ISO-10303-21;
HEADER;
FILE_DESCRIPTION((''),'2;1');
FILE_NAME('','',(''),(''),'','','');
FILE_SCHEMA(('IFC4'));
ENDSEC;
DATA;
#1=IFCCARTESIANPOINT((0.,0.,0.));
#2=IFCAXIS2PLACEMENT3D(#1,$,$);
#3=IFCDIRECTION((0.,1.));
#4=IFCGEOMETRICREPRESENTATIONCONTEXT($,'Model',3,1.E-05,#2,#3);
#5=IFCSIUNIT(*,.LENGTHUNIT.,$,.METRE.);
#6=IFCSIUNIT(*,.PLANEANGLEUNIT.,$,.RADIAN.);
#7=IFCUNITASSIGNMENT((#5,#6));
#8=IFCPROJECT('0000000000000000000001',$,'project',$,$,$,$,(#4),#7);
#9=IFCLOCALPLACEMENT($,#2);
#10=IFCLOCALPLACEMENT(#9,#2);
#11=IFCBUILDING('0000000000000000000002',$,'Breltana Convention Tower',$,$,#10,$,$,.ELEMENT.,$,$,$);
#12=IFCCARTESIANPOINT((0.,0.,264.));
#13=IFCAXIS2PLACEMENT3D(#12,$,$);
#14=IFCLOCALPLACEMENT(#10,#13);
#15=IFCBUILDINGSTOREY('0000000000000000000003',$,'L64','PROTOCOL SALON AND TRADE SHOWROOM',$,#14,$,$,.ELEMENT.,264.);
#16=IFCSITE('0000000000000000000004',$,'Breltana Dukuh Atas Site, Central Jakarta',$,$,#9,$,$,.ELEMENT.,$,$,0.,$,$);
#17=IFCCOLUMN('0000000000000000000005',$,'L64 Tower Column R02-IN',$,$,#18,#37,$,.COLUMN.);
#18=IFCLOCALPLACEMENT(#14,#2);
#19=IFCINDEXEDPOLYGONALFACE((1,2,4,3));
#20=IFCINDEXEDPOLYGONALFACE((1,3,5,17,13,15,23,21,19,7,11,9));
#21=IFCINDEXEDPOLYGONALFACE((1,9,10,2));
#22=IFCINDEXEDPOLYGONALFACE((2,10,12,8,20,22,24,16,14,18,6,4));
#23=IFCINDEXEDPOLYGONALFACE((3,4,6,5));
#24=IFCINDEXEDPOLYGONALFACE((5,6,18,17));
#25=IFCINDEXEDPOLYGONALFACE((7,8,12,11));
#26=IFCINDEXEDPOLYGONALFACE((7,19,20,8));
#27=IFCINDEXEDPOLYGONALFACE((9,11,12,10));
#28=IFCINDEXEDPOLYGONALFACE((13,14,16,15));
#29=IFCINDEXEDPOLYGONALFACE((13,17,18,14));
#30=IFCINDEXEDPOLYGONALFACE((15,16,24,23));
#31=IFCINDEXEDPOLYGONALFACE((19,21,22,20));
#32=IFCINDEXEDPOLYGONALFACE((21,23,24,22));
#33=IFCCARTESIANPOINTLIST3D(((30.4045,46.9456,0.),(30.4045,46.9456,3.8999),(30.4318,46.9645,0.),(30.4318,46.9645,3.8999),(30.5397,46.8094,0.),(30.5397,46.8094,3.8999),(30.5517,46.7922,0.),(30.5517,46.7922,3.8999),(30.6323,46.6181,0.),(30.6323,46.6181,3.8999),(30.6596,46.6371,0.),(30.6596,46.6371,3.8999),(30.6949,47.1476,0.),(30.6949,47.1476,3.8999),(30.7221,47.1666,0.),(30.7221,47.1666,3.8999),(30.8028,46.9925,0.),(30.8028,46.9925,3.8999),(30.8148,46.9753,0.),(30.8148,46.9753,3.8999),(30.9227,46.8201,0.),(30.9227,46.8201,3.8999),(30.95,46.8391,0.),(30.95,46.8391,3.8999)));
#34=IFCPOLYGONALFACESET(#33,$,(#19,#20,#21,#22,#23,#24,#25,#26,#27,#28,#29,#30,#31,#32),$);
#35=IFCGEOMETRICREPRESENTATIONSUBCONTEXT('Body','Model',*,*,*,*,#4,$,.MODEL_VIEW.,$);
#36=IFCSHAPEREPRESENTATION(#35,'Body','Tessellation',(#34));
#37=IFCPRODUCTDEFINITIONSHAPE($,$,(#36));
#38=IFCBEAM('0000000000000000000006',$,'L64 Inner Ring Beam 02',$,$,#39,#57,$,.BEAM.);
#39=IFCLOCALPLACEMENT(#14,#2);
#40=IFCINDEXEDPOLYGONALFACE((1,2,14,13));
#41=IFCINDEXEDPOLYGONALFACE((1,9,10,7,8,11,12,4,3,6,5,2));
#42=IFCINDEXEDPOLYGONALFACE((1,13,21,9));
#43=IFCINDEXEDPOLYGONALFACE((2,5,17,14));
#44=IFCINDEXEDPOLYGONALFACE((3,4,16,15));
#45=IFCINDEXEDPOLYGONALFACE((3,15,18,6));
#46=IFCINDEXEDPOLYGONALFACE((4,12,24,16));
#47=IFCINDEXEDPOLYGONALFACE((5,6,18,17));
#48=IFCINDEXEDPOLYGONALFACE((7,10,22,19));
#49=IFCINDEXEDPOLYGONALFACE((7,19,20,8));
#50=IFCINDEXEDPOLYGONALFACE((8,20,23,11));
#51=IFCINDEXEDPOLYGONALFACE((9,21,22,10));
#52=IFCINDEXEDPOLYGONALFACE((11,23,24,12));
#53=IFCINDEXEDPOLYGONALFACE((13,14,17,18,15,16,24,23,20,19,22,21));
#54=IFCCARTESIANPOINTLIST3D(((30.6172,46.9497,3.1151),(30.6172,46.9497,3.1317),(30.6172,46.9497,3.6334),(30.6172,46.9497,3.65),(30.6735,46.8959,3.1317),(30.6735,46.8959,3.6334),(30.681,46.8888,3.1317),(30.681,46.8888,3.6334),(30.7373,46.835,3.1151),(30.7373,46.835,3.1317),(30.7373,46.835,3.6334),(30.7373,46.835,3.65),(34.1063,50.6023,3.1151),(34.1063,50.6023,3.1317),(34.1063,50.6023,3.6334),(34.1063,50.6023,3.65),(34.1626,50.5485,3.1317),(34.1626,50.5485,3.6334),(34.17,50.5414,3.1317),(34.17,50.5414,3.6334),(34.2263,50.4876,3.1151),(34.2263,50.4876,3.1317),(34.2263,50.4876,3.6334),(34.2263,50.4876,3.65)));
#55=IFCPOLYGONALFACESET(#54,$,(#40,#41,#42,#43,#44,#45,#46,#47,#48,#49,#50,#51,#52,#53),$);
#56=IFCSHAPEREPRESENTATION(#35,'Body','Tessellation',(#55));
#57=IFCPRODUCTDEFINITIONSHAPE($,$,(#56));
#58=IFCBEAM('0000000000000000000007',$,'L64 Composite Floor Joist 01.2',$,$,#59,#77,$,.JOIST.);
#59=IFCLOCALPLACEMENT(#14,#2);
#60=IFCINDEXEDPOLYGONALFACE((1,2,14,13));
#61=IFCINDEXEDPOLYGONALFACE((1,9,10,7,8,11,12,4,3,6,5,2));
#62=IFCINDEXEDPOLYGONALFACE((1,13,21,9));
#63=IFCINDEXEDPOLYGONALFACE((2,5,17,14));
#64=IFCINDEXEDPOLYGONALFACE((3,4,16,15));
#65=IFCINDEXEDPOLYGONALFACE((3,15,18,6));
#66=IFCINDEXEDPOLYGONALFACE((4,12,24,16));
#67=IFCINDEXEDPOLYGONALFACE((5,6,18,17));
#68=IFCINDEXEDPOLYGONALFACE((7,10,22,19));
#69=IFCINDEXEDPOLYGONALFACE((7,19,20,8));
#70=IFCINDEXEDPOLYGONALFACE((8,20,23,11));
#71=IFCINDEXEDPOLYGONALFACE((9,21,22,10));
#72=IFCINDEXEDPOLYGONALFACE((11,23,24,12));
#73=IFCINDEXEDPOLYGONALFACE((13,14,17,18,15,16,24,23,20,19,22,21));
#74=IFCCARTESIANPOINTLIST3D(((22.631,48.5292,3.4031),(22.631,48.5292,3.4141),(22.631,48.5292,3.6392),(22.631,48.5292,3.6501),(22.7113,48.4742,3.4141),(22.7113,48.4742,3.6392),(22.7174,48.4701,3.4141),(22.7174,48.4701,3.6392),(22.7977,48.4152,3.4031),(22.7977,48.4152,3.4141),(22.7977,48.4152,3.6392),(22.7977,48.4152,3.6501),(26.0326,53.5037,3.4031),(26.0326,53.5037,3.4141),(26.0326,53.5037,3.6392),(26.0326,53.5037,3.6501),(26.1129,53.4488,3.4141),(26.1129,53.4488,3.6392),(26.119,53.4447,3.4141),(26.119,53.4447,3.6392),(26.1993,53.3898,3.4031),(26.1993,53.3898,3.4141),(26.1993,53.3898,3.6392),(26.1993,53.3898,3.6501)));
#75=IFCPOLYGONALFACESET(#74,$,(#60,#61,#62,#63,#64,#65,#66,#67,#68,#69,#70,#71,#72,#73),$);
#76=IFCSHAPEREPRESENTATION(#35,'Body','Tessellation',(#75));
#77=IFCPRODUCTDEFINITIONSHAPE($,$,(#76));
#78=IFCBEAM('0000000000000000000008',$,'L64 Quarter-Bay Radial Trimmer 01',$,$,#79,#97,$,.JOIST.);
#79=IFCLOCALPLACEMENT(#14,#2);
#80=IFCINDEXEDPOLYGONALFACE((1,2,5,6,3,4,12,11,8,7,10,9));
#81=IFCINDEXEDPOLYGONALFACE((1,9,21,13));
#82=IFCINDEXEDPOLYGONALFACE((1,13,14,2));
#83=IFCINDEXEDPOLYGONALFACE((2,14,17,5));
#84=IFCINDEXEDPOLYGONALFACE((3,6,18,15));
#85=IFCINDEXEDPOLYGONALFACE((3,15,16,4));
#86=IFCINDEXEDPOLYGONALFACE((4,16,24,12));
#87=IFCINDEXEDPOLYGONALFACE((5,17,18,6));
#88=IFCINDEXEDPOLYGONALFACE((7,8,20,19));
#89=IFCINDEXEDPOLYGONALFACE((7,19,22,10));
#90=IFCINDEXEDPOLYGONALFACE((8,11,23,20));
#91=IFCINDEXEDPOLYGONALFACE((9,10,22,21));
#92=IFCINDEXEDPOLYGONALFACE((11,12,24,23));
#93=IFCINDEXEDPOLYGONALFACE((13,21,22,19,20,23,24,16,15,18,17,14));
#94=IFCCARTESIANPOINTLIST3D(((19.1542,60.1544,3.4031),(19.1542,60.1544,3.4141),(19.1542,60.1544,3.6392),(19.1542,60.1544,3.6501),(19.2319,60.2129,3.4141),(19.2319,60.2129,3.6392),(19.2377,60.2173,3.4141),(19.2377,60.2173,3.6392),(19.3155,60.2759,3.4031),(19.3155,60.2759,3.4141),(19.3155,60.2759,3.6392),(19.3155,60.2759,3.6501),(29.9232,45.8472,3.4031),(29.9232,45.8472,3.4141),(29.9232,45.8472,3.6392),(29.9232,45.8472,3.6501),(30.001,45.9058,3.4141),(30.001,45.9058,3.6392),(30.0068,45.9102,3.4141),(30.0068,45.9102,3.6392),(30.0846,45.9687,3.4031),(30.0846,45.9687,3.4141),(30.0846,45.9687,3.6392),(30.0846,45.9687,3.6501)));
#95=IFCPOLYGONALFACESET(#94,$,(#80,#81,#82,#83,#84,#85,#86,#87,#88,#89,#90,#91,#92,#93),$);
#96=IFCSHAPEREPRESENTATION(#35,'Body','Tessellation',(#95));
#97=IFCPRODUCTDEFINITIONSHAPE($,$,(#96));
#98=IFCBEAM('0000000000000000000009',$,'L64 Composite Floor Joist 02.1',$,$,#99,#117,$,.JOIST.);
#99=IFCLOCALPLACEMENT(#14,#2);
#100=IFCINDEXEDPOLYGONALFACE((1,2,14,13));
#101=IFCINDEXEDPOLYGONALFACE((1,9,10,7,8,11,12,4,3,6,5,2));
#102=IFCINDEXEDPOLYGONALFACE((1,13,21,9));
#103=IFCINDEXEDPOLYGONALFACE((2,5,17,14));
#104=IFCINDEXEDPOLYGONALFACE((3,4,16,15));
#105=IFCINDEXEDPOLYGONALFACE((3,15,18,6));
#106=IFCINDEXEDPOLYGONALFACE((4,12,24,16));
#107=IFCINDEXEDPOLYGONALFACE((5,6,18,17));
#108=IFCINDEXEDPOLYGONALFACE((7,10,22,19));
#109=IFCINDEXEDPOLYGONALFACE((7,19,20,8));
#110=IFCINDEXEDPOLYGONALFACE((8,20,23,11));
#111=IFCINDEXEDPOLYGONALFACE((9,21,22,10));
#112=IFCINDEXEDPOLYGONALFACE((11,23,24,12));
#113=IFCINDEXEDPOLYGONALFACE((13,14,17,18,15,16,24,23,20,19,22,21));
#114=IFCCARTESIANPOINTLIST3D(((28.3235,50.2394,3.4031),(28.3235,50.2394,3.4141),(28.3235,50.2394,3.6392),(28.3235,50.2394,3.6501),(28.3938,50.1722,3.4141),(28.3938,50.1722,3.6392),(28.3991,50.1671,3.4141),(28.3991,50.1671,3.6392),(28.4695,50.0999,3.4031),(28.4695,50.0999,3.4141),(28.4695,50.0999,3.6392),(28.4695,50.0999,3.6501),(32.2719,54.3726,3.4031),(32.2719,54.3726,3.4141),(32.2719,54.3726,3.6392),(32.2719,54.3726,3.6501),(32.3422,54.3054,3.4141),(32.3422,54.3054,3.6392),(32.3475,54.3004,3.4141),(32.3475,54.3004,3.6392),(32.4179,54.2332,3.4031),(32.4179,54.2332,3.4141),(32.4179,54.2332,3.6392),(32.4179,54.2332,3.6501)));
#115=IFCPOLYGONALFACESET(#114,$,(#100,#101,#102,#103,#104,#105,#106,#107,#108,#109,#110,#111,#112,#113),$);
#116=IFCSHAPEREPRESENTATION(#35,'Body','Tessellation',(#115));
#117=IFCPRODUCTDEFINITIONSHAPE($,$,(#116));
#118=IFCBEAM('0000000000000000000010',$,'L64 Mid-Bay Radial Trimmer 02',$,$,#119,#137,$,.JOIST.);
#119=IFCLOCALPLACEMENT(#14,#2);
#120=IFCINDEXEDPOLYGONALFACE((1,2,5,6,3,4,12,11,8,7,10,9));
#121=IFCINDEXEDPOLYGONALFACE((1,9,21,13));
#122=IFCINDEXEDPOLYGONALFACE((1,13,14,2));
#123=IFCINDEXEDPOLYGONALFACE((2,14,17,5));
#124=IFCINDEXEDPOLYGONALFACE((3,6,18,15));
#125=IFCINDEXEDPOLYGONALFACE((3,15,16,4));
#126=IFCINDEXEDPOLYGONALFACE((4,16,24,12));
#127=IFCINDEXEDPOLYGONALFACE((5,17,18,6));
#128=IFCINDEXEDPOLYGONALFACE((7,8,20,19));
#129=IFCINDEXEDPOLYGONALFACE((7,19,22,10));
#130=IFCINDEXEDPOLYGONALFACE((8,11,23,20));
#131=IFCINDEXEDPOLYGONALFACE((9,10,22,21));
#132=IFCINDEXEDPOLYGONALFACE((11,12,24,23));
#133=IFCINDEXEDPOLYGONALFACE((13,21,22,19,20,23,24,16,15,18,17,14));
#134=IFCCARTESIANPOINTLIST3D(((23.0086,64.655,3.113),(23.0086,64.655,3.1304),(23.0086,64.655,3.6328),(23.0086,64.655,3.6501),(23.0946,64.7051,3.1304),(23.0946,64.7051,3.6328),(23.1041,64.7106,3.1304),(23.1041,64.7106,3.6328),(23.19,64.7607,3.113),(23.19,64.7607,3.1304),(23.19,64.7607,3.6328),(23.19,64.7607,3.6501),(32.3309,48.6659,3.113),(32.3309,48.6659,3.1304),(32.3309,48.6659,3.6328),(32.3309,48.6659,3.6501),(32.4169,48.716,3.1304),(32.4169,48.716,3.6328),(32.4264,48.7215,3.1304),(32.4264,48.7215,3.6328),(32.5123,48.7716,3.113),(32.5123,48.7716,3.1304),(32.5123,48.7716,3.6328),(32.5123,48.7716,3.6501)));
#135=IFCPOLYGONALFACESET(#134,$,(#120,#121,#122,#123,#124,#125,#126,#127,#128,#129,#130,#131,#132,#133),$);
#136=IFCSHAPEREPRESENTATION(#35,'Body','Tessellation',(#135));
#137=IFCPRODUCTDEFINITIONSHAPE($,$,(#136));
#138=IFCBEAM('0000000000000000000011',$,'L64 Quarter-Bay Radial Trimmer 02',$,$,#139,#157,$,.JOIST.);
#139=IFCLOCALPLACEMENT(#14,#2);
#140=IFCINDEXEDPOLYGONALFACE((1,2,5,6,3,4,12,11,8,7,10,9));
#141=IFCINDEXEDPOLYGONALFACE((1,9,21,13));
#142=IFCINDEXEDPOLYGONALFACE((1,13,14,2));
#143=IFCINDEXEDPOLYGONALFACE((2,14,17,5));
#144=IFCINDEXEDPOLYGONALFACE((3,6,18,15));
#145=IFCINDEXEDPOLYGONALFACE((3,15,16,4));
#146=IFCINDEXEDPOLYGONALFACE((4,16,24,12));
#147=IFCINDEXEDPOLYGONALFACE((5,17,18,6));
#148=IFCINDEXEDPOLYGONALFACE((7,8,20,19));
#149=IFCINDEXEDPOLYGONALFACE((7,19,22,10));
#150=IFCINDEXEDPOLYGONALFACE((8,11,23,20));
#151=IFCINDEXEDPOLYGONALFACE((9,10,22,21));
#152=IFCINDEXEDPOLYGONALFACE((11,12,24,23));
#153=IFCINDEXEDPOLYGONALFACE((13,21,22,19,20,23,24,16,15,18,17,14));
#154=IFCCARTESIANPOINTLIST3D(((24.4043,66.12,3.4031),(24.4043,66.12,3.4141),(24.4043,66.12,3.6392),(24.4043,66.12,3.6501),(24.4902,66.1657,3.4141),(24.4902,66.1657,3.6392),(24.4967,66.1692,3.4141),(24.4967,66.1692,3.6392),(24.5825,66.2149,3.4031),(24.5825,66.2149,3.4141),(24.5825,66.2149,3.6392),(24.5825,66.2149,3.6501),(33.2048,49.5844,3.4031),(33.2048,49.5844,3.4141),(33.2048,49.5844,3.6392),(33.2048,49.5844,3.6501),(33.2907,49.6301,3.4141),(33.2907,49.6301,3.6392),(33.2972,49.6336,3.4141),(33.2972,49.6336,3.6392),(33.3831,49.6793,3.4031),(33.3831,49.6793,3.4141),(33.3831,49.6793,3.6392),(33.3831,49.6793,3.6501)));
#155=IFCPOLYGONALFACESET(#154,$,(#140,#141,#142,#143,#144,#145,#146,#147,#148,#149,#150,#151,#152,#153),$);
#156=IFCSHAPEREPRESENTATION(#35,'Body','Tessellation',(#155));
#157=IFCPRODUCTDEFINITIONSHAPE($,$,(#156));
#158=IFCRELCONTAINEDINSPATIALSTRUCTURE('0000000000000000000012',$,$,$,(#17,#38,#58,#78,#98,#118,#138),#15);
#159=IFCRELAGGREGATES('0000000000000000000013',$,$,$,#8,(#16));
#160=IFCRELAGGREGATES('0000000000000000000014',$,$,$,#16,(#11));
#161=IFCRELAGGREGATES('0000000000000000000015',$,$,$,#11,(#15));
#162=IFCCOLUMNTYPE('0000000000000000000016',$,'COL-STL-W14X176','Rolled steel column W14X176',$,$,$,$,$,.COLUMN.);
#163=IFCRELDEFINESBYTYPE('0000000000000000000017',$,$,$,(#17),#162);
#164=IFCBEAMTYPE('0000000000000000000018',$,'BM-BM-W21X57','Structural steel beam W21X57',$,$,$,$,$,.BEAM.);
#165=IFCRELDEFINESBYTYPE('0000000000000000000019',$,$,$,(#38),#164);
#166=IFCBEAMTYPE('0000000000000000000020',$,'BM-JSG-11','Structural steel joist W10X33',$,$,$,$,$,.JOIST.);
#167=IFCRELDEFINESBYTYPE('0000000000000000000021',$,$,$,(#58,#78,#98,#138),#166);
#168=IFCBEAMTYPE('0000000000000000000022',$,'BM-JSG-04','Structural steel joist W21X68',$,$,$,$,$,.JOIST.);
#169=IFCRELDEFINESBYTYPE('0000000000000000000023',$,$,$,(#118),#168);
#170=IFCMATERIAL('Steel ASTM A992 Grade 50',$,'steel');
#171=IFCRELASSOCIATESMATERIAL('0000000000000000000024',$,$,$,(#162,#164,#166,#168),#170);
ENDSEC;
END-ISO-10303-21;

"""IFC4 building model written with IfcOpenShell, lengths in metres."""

from ifc_helpers import new_model, si_unit, direction, frame, origin, origin_2d, place, context, subcontext, project, spatial, i_section, extrude, source, transform, mapped, material, material_profile, profile_set, type_object, type_shapes, element, save


model = new_model("IFC4")

# Units and contexts
model_context = context("Model", 3, precision=1e-05, world=origin(), true_north=direction((0.0, 1.0)))
body_context = subcontext(model_context, "Body", "Model", "MODEL_VIEW")
ifc_project = project(units=[si_unit("LENGTHUNIT", "METRE"), si_unit("PLANEANGLEUNIT", "RADIAN")], contexts=[model_context])

# Site, building, storey
site_placement = place(None, origin())
site = spatial("IfcSite", under=ifc_project, at=site_placement, Name="Breltana Dukuh Atas Site, Central Jakarta", CompositionType="ELEMENT", RefElevation=0.0)
building_placement = place(site_placement, origin())
building = spatial("IfcBuilding", under=site, at=building_placement, Name="Breltana Convention Tower", CompositionType="ELEMENT")
storey_placement = place(building_placement, frame((0.0, 0.0, 264.0)))
storey = spatial("IfcBuildingStorey", under=building, at=storey_placement, Name="L64", Description="PROTOCOL SALON AND TRADE SHOWROOM", CompositionType="ELEMENT", Elevation=264.0)

# Column
ifc_material_1 = material(Name="Steel ASTM A992 Grade 50", Category="steel")
ifc_material_profile_1 = material_profile(ifc_material_1, i_section(OverallWidth=0.3989, OverallDepth=0.387, WebThickness=0.021, FlangeThickness=0.0332, at=origin_2d()), Name="W14X176")
ifc_profile_set_1 = profile_set([ifc_material_profile_1], Name="Steel ASTM A992 Grade 50")
column_type = type_object("IfcColumnType", Name="COL-STL-W14X176", Description="Rolled steel column W14X176", PredefinedType="COLUMN", material=ifc_profile_set_1)
shared_shape_1 = source(origin(), body_context, "Body", "SweptSolid", [
    extrude(i_section(OverallWidth=0.3989, OverallDepth=0.387, WebThickness=0.021, FlangeThickness=0.0332, at=origin_2d()), origin(), (0.0, 0.0, 1.0), 3.8999),
])
type_shapes(column_type, [shared_shape_1])
column_placement = place(storey_placement, frame((30.6772, 46.8923, 0.0), z_axis=(0.0, 0.0, 1.0), x_axis=(-0.571143, 0.82085, 0.0)))
element("IfcColumn", 1, at=column_placement, inside=storey, type_object=column_type, Name="L64 Tower Column R02-IN", PredefinedType="COLUMN", context=body_context, shape_type="MappedRepresentation", body=[
    mapped(shared_shape_1, transform((0.0, 0.0, 0.0), scale=1.0)),
])

# Beams
ifc_material_profile_2 = material_profile(ifc_material_1, i_section(OverallWidth=0.166, OverallDepth=0.5349, WebThickness=0.0103, FlangeThickness=0.0166, at=origin_2d()), Name="W21X57")
ifc_profile_set_2 = profile_set([ifc_material_profile_2], Name="Steel ASTM A992 Grade 50")
beam_type_1 = type_object("IfcBeamType", Name="BM-BM-W21X57", Description="Structural steel beam W21X57", PredefinedType="BEAM", material=ifc_profile_set_2)
shared_shape_2 = source(origin(), body_context, "Body", "SweptSolid", [
    extrude(i_section(OverallWidth=0.166, OverallDepth=0.5349, WebThickness=0.0103, FlangeThickness=0.0166, at=origin_2d()), origin(), (0.0, 0.0, 1.0), 5.0513),
])
beam_1_placement = place(storey_placement, frame((30.6772, 46.8923, 3.3826), z_axis=(0.69073, 0.723113, 0.0), x_axis=(-0.723113, 0.69073, 0.0)))
element("IfcBeam", 2, at=beam_1_placement, inside=storey, type_object=beam_type_1, Name="L64 Inner Ring Beam 02", PredefinedType="BEAM", context=body_context, shape_type="MappedRepresentation", body=[
    mapped(shared_shape_2, transform((0.0, 0.0, 0.0), scale=1.0)),
])
ifc_material_profile_3 = material_profile(ifc_material_1, i_section(OverallWidth=0.2019, OverallDepth=0.2471, WebThickness=0.0073, FlangeThickness=0.011, at=origin_2d()), Name="W10X33")
ifc_profile_set_3 = profile_set([ifc_material_profile_3], Name="Steel ASTM A992 Grade 50")
beam_type_2 = type_object("IfcBeamType", Name="BM-JSG-11", Description="Structural steel joist W10X33", PredefinedType="JOIST", material=ifc_profile_set_3)
shared_shape_3 = source(origin(), body_context, "Body", "SweptSolid", [
    extrude(i_section(OverallWidth=0.2019, OverallDepth=0.2471, WebThickness=0.0073, FlangeThickness=0.011, at=origin_2d()), origin(), (0.0, 0.0, 1.0), 6.0264),
])
beam_2_placement = place(storey_placement, frame((22.7144, 48.4722, 3.5266), z_axis=(0.56445, 0.825467, 0.0), x_axis=(-0.825467, 0.56445, 0.0)))
element("IfcBeam", 3, at=beam_2_placement, inside=storey, type_object=beam_type_2, Name="L64 Composite Floor Joist 01.2", PredefinedType="JOIST", context=body_context, shape_type="MappedRepresentation", body=[
    mapped(shared_shape_3, transform((0.0, 0.0, 0.0), scale=1.0)),
])
shared_shape_4 = source(origin(), body_context, "Body", "SweptSolid", [
    extrude(i_section(OverallWidth=0.2019, OverallDepth=0.2471, WebThickness=0.0073, FlangeThickness=0.011, at=origin_2d()), origin(), (0.0, 0.0, 1.0), 17.9072),
])
beam_3_placement = place(storey_placement, frame((30.0039, 45.908, 3.5266), z_axis=(-0.601382, 0.798962, 0.0), x_axis=(-0.798962, -0.601382, 0.0)))
element("IfcBeam", 4, at=beam_3_placement, inside=storey, type_object=beam_type_2, Name="L64 Quarter-Bay Radial Trimmer 01", PredefinedType="JOIST", context=body_context, shape_type="MappedRepresentation", body=[
    mapped(shared_shape_4, transform((0.0, 0.0, 0.0), scale=1.0)),
])
shared_shape_5 = source(origin(), body_context, "Body", "SweptSolid", [
    extrude(i_section(OverallWidth=0.2019, OverallDepth=0.2471, WebThickness=0.0073, FlangeThickness=0.011, at=origin_2d()), origin(), (0.0, 0.0, 1.0), 5.7161),
])
beam_4_placement = place(storey_placement, frame((28.3965, 50.1697, 3.5266), z_axis=(0.690756, 0.723088, 0.0), x_axis=(-0.723088, 0.690756, 0.0)))
element("IfcBeam", 5, at=beam_4_placement, inside=storey, type_object=beam_type_2, Name="L64 Composite Floor Joist 02.1", PredefinedType="JOIST", context=body_context, shape_type="MappedRepresentation", body=[
    mapped(shared_shape_5, transform((0.0, 0.0, 0.0), scale=1.0)),
])
ifc_material_profile_4 = material_profile(ifc_material_1, i_section(OverallWidth=0.21, OverallDepth=0.5371, WebThickness=0.011, FlangeThickness=0.0173, at=origin_2d()), Name="W21X68")
ifc_profile_set_4 = profile_set([ifc_material_profile_4], Name="Steel ASTM A992 Grade 50")
beam_type_3 = type_object("IfcBeamType", Name="BM-JSG-04", Description="Structural steel joist W21X68", PredefinedType="JOIST", material=ifc_profile_set_4)
shared_shape_6 = source(origin(), body_context, "Body", "SweptSolid", [
    extrude(i_section(OverallWidth=0.21, OverallDepth=0.5371, WebThickness=0.011, FlangeThickness=0.0173, at=origin_2d()), origin(), (0.0, 0.0, 1.0), 18.5083),
])
beam_5_placement = place(storey_placement, frame((32.4216, 48.7188, 3.3816), z_axis=(-0.503683, 0.863888, 0.0), x_axis=(-0.863888, -0.503683, 0.0)))
element("IfcBeam", 6, at=beam_5_placement, inside=storey, type_object=beam_type_3, Name="L64 Mid-Bay Radial Trimmer 02", PredefinedType="JOIST", context=body_context, shape_type="MappedRepresentation", body=[
    mapped(shared_shape_6, transform((0.0, 0.0, 0.0), scale=1.0)),
])
shared_shape_7 = source(origin(), body_context, "Body", "SweptSolid", [
    extrude(i_section(OverallWidth=0.2019, OverallDepth=0.2471, WebThickness=0.0073, FlangeThickness=0.011, at=origin_2d()), origin(), (0.0, 0.0, 1.0), 18.7317),
])
beam_6_placement = place(storey_placement, frame((33.2939, 49.6318, 3.5266), z_axis=(-0.46982, 0.882762, 0.0), x_axis=(-0.882762, -0.46982, 0.0)))
element("IfcBeam", 7, at=beam_6_placement, inside=storey, type_object=beam_type_2, Name="L64 Quarter-Bay Radial Trimmer 02", PredefinedType="JOIST", context=body_context, shape_type="MappedRepresentation", body=[
    mapped(shared_shape_7, transform((0.0, 0.0, 0.0), scale=1.0)),
])

save(model, "model.ifc")
